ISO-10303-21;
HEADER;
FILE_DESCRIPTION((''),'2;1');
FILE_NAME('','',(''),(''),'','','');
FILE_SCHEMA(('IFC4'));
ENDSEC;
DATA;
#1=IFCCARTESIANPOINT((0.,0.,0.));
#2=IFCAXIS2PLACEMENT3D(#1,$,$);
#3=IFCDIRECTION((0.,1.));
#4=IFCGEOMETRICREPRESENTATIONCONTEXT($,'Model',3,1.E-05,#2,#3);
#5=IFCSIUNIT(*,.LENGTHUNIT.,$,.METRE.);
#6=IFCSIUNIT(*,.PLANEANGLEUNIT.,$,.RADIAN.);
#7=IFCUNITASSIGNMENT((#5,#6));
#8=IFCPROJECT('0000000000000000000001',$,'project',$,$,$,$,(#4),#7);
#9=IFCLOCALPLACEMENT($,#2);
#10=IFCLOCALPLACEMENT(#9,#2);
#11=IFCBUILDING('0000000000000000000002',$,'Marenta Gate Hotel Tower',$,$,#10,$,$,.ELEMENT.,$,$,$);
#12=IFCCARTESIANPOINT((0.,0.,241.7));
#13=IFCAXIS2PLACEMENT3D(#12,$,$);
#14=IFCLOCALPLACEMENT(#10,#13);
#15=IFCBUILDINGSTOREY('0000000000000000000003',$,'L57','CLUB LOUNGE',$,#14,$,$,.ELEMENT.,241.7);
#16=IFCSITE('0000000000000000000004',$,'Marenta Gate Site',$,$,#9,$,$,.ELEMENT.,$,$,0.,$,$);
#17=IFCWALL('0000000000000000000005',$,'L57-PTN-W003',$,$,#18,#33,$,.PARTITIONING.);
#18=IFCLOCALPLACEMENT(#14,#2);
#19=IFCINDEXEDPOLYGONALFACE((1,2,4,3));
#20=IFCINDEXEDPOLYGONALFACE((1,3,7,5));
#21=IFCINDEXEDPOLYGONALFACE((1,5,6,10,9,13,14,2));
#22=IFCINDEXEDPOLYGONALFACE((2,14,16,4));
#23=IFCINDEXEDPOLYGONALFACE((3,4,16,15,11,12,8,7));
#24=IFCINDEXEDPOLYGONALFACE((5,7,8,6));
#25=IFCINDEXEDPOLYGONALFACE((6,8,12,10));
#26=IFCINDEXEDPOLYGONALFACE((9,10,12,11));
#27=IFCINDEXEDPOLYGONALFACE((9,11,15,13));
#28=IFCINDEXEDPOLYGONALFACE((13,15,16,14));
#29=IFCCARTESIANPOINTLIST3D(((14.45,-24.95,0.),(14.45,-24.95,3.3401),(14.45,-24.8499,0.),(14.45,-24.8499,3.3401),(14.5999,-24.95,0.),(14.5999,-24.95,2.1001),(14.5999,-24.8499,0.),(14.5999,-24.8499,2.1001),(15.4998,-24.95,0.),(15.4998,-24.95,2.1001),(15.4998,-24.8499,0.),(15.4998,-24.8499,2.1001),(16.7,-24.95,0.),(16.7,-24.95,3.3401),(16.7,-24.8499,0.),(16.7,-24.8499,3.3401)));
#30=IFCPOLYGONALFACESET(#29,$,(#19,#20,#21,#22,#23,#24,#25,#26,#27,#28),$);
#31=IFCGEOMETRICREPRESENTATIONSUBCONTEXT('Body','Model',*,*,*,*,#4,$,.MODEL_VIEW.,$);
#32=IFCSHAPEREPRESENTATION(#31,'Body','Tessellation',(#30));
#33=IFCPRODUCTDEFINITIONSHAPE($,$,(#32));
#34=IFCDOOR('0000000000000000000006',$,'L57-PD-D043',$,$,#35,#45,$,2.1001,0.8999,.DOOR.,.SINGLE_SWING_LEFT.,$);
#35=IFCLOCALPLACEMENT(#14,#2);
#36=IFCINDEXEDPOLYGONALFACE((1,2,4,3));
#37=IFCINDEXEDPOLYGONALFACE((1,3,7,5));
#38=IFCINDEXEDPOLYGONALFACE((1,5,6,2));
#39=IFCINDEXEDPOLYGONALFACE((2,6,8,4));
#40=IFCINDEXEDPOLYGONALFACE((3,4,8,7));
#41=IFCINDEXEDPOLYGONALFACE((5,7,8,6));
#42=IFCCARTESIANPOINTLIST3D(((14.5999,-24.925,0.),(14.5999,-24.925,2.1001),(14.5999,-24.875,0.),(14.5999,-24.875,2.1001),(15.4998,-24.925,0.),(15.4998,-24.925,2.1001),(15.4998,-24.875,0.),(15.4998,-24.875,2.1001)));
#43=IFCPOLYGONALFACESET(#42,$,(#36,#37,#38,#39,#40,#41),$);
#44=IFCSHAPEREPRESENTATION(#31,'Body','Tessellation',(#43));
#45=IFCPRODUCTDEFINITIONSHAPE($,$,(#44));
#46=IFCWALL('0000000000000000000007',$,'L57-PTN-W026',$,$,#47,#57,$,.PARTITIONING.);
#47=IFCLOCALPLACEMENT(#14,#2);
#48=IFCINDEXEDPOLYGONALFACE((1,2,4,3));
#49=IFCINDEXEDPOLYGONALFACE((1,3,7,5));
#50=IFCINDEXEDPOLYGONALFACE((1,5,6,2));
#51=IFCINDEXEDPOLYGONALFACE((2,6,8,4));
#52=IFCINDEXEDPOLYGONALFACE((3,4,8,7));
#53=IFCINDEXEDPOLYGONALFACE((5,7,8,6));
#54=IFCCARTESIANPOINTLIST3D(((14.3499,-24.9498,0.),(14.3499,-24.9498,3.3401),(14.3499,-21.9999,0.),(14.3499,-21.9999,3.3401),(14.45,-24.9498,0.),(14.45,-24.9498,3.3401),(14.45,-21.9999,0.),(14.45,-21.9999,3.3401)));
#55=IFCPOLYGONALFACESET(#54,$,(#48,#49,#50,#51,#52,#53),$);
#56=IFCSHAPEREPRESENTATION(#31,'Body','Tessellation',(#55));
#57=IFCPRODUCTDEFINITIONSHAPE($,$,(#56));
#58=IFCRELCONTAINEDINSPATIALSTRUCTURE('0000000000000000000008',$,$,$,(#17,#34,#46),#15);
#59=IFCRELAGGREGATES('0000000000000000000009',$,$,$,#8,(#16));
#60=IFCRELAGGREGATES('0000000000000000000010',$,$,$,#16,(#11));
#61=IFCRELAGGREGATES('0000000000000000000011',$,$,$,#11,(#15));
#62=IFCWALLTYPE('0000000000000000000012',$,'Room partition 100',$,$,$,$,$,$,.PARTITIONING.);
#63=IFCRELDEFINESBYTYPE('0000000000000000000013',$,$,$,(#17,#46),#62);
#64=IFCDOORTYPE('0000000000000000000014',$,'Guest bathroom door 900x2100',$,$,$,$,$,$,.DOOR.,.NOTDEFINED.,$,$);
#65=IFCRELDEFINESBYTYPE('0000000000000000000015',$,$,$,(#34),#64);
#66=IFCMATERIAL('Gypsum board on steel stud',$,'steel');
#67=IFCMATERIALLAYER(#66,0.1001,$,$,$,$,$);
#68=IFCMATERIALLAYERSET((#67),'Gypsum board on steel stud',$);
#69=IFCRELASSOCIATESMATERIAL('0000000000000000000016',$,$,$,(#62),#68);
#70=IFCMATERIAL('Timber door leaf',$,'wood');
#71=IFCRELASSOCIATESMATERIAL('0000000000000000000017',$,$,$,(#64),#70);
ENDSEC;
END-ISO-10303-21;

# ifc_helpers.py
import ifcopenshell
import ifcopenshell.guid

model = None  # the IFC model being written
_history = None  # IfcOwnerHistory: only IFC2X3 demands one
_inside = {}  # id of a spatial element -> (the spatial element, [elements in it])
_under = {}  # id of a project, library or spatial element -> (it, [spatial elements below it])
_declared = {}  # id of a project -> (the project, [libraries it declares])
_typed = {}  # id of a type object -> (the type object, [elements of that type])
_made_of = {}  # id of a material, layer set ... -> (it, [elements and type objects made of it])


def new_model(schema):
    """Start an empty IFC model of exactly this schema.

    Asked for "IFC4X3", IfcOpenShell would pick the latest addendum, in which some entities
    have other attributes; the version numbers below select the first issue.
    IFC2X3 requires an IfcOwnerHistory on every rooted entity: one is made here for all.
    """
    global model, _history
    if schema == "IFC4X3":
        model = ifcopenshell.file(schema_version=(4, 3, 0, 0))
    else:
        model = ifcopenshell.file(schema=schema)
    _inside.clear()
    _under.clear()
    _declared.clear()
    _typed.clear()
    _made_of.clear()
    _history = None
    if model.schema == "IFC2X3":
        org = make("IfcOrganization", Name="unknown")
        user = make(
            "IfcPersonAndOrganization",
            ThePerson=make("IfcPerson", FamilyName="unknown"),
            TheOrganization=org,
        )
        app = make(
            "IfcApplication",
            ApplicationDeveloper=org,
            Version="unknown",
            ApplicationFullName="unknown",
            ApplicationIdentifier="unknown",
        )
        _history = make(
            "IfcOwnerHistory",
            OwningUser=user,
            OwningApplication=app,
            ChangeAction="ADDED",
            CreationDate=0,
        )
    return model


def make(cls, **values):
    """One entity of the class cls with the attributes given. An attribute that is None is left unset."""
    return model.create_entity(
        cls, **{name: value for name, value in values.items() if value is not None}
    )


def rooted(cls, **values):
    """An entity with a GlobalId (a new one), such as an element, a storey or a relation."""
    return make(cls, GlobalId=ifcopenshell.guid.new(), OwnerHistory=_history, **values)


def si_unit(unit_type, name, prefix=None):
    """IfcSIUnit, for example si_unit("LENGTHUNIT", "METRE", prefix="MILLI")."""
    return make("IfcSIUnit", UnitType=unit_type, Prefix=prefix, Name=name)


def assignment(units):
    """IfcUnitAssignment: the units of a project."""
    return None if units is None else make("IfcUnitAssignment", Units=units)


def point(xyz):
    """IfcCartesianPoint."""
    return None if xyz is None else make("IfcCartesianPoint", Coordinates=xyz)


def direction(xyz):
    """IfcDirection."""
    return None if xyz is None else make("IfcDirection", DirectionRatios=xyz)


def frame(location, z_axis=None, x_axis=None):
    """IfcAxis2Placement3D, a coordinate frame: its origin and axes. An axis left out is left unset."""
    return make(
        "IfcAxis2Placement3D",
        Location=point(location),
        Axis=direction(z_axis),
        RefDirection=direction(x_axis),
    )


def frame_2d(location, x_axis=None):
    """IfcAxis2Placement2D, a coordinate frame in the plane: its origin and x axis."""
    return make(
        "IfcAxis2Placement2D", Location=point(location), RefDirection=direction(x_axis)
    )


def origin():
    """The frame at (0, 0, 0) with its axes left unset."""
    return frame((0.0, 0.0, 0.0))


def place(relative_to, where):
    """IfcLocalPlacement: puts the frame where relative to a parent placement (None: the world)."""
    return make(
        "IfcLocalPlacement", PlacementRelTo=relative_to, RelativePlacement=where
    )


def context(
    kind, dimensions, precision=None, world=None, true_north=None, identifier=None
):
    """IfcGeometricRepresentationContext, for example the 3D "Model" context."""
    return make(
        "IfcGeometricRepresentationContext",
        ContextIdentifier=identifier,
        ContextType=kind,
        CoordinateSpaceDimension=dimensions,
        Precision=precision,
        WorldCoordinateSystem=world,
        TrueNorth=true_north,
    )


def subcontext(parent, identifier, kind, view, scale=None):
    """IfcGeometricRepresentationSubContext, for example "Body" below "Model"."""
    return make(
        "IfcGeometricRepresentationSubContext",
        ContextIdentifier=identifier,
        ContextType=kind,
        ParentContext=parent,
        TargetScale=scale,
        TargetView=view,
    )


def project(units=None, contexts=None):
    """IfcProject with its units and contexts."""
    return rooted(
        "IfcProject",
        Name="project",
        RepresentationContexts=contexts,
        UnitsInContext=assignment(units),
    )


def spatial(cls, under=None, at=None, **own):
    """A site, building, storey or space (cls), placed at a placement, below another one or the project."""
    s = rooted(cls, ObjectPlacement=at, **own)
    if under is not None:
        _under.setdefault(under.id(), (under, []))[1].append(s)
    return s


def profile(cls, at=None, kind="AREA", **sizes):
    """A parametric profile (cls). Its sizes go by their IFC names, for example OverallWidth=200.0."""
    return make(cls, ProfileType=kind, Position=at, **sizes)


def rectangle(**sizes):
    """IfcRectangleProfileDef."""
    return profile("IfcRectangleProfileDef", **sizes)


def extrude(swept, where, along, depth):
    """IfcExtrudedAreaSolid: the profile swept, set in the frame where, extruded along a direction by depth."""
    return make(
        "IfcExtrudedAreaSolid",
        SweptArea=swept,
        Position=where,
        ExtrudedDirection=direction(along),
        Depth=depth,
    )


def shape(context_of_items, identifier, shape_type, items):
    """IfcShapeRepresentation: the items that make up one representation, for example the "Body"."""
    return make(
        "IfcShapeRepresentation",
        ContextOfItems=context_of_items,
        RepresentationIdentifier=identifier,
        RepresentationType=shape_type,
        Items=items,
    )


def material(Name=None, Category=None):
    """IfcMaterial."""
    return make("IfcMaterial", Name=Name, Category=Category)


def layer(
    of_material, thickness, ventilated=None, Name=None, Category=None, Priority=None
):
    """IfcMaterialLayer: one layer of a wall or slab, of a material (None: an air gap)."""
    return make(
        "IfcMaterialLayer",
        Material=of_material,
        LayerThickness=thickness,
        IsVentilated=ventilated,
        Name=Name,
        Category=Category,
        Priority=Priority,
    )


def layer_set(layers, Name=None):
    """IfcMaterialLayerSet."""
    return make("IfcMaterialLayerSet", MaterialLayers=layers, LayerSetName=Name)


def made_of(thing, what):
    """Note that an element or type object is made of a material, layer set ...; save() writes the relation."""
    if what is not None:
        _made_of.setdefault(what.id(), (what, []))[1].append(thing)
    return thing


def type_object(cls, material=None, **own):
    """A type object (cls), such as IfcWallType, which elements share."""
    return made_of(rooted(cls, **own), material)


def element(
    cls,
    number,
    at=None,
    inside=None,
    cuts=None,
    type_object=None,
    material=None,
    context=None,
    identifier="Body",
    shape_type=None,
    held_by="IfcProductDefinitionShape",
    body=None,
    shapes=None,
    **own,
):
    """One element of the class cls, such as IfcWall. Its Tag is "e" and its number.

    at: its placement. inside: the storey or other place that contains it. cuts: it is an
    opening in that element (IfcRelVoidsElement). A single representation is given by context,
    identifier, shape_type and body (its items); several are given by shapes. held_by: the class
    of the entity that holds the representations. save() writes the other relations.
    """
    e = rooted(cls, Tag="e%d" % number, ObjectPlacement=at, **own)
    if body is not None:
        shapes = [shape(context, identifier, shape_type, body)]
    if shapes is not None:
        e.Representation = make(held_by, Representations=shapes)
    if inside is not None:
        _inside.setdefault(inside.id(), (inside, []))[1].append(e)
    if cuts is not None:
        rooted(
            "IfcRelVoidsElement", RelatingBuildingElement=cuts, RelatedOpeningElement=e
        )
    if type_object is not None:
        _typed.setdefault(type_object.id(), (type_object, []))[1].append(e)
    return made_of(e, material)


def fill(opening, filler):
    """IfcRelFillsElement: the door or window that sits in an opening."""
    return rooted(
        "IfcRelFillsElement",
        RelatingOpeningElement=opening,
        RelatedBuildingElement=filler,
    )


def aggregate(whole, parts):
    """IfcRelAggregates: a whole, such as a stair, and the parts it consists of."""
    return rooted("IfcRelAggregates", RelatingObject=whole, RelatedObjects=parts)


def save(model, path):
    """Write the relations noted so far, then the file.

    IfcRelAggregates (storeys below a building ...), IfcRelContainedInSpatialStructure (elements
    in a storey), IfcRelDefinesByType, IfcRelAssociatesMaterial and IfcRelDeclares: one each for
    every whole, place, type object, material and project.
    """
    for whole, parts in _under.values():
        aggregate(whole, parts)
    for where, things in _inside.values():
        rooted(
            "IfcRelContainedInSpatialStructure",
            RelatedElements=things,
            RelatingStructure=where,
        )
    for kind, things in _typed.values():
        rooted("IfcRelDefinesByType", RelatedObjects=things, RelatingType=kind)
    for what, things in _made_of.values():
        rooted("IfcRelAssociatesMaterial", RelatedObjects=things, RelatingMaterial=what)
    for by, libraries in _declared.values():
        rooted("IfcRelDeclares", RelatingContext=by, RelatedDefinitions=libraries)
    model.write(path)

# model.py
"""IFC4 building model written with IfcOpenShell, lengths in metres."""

from ifc_helpers import new_model, si_unit, direction, frame, frame_2d, origin, place, context, subcontext, project, spatial, rectangle, extrude, material, layer, layer_set, type_object, element, fill, save


model = new_model("IFC4")

# Units and contexts
model_context = context("Model", 3, precision=1e-05, world=origin(), true_north=direction((0.0, 1.0)))
body_context = subcontext(model_context, "Body", "Model", "MODEL_VIEW")
ifc_project = project(units=[si_unit("LENGTHUNIT", "METRE"), si_unit("PLANEANGLEUNIT", "RADIAN")], contexts=[model_context])

# Site, building, storey
site_placement = place(None, origin())
site = spatial("IfcSite", under=ifc_project, at=site_placement, Name="Marenta Gate Site", CompositionType="ELEMENT", RefElevation=0.0)
building_placement = place(site_placement, origin())
building = spatial("IfcBuilding", under=site, at=building_placement, Name="Marenta Gate Hotel Tower", CompositionType="ELEMENT")
storey_placement = place(building_placement, frame((0.0, 0.0, 241.7)))
storey = spatial("IfcBuildingStorey", under=building, at=storey_placement, Name="L57", Description="CLUB LOUNGE", CompositionType="ELEMENT", Elevation=241.7)

# Wall, opening, door
ifc_material_1 = material(Name="Gypsum board on steel stud", Category="steel")
ifc_layer_1 = layer(ifc_material_1, 0.1001)
ifc_layer_set_1 = layer_set([ifc_layer_1], Name="Gypsum board on steel stud")
wall_type_1 = type_object("IfcWallType", Name="Room partition 100", PredefinedType="PARTITIONING", material=ifc_layer_set_1)
wall_1_placement = place(storey_placement, frame((14.45, -24.8999, 0.0), z_axis=(0.0, 0.0, 1.0), x_axis=(1.0, 0.0, 0.0)))
wall_1 = element("IfcWall", 1, at=wall_1_placement, inside=storey, type_object=wall_type_1, Name="L57-PTN-W003", PredefinedType="PARTITIONING", context=body_context, shape_type="SweptSolid", body=[
    extrude(rectangle(XDim=2.25, YDim=0.1001, at=frame_2d((1.125, 0.0))), origin(), (0.0, 0.0, 1.0), 3.3401),
])
opening_1_placement = place(wall_1_placement, frame((0.1499, 0.0, 0.0)))
opening_1 = element("IfcOpeningElement", 2, at=opening_1_placement, cuts=wall_1, PredefinedType="OPENING", context=body_context, shape_type="SweptSolid", body=[
    extrude(rectangle(XDim=0.8999, YDim=2.1001, at=frame_2d((0.45, 1.05))), frame((0.0, 0.05, 0.0), z_axis=(0.0, -1.0, 0.0), x_axis=(1.0, 0.0, 0.0)), (0.0, 0.0, 1.0), 0.1001),
])
ifc_material_2 = material(Name="Timber door leaf", Category="wood")
door_type_1 = type_object("IfcDoorType", Name="Guest bathroom door 900x2100", OperationType="NOTDEFINED", PredefinedType="DOOR", material=ifc_material_2)
door_1_placement = place(opening_1_placement, origin())
door_1 = element("IfcDoor", 3, at=door_1_placement, inside=storey, type_object=door_type_1, Name="L57-PD-D043", OperationType="SINGLE_SWING_LEFT", OverallHeight=2.1001, OverallWidth=0.8999, PredefinedType="DOOR", context=body_context, shape_type="SweptSolid", body=[
    extrude(rectangle(XDim=0.8999, YDim=2.1001, at=frame_2d((0.45, 1.05))), frame((0.0, 0.0249, 0.0), z_axis=(0.0, -1.0, 0.0), x_axis=(1.0, 0.0, 0.0)), (0.0, 0.0, 1.0), 0.05),
])
fill(opening_1, door_1)

# Wall
wall_2_placement = place(storey_placement, frame((14.3999, -24.95, 0.0), z_axis=(0.0, 0.0, 1.0), x_axis=(0.0, 1.0, 0.0)))
element("IfcWall", 4, at=wall_2_placement, inside=storey, type_object=wall_type_1, Name="L57-PTN-W026", PredefinedType="PARTITIONING", context=body_context, shape_type="SweptSolid", body=[
    extrude(rectangle(XDim=2.95, YDim=0.1001, at=frame_2d((1.4751, 0.0))), origin(), (0.0, 0.0, 1.0), 3.3401),
])

save(model, "model.ifc")
